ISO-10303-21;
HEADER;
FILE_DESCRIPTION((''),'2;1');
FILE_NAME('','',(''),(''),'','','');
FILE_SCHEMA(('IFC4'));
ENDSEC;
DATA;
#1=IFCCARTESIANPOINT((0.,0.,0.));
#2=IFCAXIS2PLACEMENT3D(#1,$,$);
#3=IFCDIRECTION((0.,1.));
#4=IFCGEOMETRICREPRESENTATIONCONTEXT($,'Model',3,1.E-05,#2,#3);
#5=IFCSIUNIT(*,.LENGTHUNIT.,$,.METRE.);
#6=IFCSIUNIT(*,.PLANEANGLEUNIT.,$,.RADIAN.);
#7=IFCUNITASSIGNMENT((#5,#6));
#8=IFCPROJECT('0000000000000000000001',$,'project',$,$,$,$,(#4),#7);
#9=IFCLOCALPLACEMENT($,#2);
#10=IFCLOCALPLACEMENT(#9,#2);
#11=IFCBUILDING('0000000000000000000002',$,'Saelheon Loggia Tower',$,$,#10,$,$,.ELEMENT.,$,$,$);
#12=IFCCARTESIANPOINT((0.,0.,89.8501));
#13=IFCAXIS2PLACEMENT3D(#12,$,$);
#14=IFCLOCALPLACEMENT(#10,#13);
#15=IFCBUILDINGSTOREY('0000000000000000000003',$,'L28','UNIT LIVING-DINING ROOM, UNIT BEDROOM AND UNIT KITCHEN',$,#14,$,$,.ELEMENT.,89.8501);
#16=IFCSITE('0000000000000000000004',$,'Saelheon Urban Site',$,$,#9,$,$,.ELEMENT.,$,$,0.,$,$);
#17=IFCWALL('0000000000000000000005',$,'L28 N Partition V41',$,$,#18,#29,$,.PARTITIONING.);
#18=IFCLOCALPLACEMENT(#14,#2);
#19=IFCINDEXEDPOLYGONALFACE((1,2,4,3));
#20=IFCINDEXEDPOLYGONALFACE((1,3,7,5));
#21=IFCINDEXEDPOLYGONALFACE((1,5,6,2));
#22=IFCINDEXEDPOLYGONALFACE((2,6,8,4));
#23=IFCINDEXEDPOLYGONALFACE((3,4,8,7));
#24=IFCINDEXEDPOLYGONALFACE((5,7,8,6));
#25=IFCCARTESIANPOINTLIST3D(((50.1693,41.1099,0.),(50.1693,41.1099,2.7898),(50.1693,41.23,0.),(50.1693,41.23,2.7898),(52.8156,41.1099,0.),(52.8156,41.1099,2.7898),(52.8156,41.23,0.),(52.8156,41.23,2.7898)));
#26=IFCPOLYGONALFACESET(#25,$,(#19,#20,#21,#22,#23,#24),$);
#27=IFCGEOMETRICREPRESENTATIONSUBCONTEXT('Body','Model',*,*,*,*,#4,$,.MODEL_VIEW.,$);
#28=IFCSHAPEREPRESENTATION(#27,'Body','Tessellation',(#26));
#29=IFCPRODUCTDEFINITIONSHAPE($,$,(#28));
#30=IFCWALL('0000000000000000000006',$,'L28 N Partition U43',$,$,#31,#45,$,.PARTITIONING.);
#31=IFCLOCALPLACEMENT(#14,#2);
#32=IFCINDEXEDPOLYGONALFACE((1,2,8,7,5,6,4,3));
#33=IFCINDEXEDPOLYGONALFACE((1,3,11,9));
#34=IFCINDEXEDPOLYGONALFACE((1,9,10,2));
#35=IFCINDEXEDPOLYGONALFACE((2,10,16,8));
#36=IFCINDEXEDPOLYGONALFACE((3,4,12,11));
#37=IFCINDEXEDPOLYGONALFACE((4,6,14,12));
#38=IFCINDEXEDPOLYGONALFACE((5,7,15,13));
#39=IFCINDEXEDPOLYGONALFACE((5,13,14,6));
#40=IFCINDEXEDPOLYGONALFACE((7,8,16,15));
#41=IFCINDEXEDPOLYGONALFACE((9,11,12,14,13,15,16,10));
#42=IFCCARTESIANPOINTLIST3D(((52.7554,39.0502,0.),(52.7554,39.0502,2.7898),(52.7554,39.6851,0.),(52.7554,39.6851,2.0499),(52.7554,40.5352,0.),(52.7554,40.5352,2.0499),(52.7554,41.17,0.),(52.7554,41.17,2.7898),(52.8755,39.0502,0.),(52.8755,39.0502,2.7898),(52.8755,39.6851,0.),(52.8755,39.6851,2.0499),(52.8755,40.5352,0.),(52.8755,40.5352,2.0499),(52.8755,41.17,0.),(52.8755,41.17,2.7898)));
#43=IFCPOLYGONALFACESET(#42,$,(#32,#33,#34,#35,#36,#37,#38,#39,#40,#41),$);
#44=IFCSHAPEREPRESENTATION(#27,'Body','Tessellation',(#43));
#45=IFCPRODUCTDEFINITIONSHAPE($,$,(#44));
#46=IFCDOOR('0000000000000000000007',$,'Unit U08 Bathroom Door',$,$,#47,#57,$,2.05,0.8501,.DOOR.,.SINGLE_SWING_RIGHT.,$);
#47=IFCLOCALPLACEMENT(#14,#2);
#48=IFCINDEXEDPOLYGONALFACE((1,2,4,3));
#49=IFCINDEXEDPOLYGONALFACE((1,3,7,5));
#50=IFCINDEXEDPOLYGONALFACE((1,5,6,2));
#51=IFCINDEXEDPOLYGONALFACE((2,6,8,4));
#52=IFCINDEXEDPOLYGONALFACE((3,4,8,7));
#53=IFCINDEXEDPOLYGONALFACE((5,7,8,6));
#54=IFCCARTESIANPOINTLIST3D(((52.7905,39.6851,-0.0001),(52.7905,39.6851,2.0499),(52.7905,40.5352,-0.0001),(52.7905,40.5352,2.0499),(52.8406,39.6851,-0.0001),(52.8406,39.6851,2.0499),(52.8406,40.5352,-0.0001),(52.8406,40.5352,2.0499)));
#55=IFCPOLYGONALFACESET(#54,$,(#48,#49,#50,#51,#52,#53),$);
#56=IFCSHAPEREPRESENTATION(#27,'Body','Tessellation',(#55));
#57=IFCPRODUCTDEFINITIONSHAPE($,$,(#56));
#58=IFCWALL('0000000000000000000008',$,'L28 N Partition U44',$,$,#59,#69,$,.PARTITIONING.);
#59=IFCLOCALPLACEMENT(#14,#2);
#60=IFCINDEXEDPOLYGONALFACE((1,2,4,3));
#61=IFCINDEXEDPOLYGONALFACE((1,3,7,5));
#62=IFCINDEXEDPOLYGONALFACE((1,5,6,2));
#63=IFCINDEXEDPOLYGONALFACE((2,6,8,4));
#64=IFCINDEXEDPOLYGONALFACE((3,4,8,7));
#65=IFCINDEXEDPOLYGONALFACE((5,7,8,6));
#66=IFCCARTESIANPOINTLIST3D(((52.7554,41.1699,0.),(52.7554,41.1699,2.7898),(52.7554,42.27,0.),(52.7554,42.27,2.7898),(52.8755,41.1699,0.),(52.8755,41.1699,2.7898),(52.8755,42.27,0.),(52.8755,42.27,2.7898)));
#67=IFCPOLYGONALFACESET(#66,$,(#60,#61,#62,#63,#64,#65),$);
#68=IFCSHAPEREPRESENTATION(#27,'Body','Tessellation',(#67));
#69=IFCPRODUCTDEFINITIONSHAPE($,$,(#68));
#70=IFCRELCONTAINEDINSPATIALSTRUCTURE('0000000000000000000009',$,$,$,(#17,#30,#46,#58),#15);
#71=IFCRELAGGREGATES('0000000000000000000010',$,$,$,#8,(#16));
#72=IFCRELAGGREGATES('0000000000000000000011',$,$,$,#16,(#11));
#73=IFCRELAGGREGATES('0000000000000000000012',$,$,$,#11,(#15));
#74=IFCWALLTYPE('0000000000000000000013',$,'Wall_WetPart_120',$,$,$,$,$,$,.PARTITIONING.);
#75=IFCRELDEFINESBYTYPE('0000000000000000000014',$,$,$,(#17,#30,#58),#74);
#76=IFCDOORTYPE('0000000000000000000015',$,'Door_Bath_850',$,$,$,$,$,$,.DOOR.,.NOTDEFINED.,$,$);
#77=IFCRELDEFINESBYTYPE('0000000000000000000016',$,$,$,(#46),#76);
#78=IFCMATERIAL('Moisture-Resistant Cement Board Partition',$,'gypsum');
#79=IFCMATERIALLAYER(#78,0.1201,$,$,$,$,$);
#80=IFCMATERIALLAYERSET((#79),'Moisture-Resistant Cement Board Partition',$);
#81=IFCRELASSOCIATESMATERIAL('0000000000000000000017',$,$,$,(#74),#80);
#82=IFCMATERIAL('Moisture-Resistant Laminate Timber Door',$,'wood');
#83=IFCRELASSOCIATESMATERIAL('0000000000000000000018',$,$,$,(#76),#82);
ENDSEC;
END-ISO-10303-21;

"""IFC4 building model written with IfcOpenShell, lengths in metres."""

from ifc_helpers import new_model, si_unit, direction, frame, frame_2d, origin, place, context, subcontext, project, spatial, rectangle, extrude, source, transform, mapped, material, layer, layer_set, type_object, element, fill, save


model = new_model("IFC4")

# Units and contexts
model_context = context("Model", 3, precision=1e-05, world=origin(), true_north=direction((0.0, 1.0)))
body_context = subcontext(model_context, "Body", "Model", "MODEL_VIEW")
ifc_project = project(units=[si_unit("LENGTHUNIT", "METRE"), si_unit("PLANEANGLEUNIT", "RADIAN")], contexts=[model_context])

# Site, building, storey
site_placement = place(None, origin())
site = spatial("IfcSite", under=ifc_project, at=site_placement, Name="Saelheon Urban Site", CompositionType="ELEMENT", RefElevation=0.0)
building_placement = place(site_placement, origin())
building = spatial("IfcBuilding", under=site, at=building_placement, Name="Saelheon Loggia Tower", CompositionType="ELEMENT")
storey_placement = place(building_placement, frame((0.0, 0.0, 89.8501)))
storey = spatial("IfcBuildingStorey", under=building, at=storey_placement, Name="L28", Description="UNIT LIVING-DINING ROOM, UNIT BEDROOM AND UNIT KITCHEN", CompositionType="ELEMENT", Elevation=89.8501)

# Wall
ifc_material_1 = material(Name="Moisture-Resistant Cement Board Partition", Category="gypsum")
ifc_layer_1 = layer(ifc_material_1, 0.1201)
ifc_layer_set_1 = layer_set([ifc_layer_1], Name="Moisture-Resistant Cement Board Partition")
wall_type_1 = type_object("IfcWallType", Name="Wall_WetPart_120", PredefinedType="PARTITIONING", material=ifc_layer_set_1)
wall_1_placement = place(storey_placement, frame((50.1692, 41.1699, 0.0), z_axis=(0.0, 0.0, 1.0), x_axis=(1.0, 0.0, 0.0)))
element("IfcWall", 1, at=wall_1_placement, inside=storey, type_object=wall_type_1, Name="L28 N Partition V41", PredefinedType="PARTITIONING", context=body_context, shape_type="SweptSolid", body=[
    extrude(rectangle(XDim=2.6462, YDim=0.1201, at=frame_2d((1.3232, 0.0))), origin(), (0.0, 0.0, 1.0), 2.7898),
])

# Wall, opening, door
wall_2_placement = place(storey_placement, frame((52.8154, 39.05, 0.0), z_axis=(0.0, 0.0, 1.0), x_axis=(0.0, 1.0, 0.0)))
wall_2 = element("IfcWall", 2, at=wall_2_placement, inside=storey, type_object=wall_type_1, Name="L28 N Partition U43", PredefinedType="PARTITIONING", context=body_context, shape_type="SweptSolid", body=[
    extrude(rectangle(XDim=2.1199, YDim=0.1201, at=frame_2d((1.0601, 0.0))), origin(), (0.0, 0.0, 1.0), 2.7898),
])
opening_1_placement = place(wall_2_placement, frame((0.635, 0.0, 0.0)))
opening_1 = element("IfcOpeningElement", 3, at=opening_1_placement, cuts=wall_2, PredefinedType="OPENING", context=body_context, shape_type="SweptSolid", body=[
    extrude(rectangle(XDim=0.8501, YDim=2.05, at=frame_2d((0.425, 1.0249))), frame((0.0, 0.072, 0.0), z_axis=(0.0, -1.0, 0.0), x_axis=(1.0, 0.0, 0.0)), (0.0, 0.0, 1.0), 0.144),
])
ifc_material_2 = material(Name="Moisture-Resistant Laminate Timber Door", Category="wood")
door_type_1 = type_object("IfcDoorType", Name="Door_Bath_850", OperationType="NOTDEFINED", PredefinedType="DOOR", material=ifc_material_2)
shared_shape_1 = source(origin(), body_context, "Body", "SweptSolid", [
    extrude(rectangle(XDim=0.8501, YDim=2.05, at=frame_2d((0.425, 1.0249))), frame((0.0, 0.0249, 0.0), z_axis=(0.0, -1.0, 0.0), x_axis=(1.0, 0.0, 0.0)), (0.0, 0.0, 1.0), 0.05),
])
door_1_placement = place(opening_1_placement, origin())
door_1 = element("IfcDoor", 4, at=door_1_placement, inside=storey, type_object=door_type_1, Name="Unit U08 Bathroom Door", OperationType="SINGLE_SWING_RIGHT", OverallHeight=2.05, OverallWidth=0.8501, PredefinedType="DOOR", context=body_context, shape_type="MappedRepresentation", body=[
    mapped(shared_shape_1, transform((0.0, 0.0, 0.0), scale=1.0)),
])
fill(opening_1, door_1)

# Wall
wall_3_placement = place(storey_placement, frame((52.8154, 41.1699, 0.0), z_axis=(0.0, 0.0, 1.0), x_axis=(0.0, 1.0, 0.0)))
element("IfcWall", 5, at=wall_3_placement, inside=storey, type_object=wall_type_1, Name="L28 N Partition U44", PredefinedType="PARTITIONING", context=body_context, shape_type="SweptSolid", body=[
    extrude(rectangle(XDim=1.1001, YDim=0.1201, at=frame_2d((0.55, 0.0))), origin(), (0.0, 0.0, 1.0), 2.7898),
])

save(model, "model.ifc")
